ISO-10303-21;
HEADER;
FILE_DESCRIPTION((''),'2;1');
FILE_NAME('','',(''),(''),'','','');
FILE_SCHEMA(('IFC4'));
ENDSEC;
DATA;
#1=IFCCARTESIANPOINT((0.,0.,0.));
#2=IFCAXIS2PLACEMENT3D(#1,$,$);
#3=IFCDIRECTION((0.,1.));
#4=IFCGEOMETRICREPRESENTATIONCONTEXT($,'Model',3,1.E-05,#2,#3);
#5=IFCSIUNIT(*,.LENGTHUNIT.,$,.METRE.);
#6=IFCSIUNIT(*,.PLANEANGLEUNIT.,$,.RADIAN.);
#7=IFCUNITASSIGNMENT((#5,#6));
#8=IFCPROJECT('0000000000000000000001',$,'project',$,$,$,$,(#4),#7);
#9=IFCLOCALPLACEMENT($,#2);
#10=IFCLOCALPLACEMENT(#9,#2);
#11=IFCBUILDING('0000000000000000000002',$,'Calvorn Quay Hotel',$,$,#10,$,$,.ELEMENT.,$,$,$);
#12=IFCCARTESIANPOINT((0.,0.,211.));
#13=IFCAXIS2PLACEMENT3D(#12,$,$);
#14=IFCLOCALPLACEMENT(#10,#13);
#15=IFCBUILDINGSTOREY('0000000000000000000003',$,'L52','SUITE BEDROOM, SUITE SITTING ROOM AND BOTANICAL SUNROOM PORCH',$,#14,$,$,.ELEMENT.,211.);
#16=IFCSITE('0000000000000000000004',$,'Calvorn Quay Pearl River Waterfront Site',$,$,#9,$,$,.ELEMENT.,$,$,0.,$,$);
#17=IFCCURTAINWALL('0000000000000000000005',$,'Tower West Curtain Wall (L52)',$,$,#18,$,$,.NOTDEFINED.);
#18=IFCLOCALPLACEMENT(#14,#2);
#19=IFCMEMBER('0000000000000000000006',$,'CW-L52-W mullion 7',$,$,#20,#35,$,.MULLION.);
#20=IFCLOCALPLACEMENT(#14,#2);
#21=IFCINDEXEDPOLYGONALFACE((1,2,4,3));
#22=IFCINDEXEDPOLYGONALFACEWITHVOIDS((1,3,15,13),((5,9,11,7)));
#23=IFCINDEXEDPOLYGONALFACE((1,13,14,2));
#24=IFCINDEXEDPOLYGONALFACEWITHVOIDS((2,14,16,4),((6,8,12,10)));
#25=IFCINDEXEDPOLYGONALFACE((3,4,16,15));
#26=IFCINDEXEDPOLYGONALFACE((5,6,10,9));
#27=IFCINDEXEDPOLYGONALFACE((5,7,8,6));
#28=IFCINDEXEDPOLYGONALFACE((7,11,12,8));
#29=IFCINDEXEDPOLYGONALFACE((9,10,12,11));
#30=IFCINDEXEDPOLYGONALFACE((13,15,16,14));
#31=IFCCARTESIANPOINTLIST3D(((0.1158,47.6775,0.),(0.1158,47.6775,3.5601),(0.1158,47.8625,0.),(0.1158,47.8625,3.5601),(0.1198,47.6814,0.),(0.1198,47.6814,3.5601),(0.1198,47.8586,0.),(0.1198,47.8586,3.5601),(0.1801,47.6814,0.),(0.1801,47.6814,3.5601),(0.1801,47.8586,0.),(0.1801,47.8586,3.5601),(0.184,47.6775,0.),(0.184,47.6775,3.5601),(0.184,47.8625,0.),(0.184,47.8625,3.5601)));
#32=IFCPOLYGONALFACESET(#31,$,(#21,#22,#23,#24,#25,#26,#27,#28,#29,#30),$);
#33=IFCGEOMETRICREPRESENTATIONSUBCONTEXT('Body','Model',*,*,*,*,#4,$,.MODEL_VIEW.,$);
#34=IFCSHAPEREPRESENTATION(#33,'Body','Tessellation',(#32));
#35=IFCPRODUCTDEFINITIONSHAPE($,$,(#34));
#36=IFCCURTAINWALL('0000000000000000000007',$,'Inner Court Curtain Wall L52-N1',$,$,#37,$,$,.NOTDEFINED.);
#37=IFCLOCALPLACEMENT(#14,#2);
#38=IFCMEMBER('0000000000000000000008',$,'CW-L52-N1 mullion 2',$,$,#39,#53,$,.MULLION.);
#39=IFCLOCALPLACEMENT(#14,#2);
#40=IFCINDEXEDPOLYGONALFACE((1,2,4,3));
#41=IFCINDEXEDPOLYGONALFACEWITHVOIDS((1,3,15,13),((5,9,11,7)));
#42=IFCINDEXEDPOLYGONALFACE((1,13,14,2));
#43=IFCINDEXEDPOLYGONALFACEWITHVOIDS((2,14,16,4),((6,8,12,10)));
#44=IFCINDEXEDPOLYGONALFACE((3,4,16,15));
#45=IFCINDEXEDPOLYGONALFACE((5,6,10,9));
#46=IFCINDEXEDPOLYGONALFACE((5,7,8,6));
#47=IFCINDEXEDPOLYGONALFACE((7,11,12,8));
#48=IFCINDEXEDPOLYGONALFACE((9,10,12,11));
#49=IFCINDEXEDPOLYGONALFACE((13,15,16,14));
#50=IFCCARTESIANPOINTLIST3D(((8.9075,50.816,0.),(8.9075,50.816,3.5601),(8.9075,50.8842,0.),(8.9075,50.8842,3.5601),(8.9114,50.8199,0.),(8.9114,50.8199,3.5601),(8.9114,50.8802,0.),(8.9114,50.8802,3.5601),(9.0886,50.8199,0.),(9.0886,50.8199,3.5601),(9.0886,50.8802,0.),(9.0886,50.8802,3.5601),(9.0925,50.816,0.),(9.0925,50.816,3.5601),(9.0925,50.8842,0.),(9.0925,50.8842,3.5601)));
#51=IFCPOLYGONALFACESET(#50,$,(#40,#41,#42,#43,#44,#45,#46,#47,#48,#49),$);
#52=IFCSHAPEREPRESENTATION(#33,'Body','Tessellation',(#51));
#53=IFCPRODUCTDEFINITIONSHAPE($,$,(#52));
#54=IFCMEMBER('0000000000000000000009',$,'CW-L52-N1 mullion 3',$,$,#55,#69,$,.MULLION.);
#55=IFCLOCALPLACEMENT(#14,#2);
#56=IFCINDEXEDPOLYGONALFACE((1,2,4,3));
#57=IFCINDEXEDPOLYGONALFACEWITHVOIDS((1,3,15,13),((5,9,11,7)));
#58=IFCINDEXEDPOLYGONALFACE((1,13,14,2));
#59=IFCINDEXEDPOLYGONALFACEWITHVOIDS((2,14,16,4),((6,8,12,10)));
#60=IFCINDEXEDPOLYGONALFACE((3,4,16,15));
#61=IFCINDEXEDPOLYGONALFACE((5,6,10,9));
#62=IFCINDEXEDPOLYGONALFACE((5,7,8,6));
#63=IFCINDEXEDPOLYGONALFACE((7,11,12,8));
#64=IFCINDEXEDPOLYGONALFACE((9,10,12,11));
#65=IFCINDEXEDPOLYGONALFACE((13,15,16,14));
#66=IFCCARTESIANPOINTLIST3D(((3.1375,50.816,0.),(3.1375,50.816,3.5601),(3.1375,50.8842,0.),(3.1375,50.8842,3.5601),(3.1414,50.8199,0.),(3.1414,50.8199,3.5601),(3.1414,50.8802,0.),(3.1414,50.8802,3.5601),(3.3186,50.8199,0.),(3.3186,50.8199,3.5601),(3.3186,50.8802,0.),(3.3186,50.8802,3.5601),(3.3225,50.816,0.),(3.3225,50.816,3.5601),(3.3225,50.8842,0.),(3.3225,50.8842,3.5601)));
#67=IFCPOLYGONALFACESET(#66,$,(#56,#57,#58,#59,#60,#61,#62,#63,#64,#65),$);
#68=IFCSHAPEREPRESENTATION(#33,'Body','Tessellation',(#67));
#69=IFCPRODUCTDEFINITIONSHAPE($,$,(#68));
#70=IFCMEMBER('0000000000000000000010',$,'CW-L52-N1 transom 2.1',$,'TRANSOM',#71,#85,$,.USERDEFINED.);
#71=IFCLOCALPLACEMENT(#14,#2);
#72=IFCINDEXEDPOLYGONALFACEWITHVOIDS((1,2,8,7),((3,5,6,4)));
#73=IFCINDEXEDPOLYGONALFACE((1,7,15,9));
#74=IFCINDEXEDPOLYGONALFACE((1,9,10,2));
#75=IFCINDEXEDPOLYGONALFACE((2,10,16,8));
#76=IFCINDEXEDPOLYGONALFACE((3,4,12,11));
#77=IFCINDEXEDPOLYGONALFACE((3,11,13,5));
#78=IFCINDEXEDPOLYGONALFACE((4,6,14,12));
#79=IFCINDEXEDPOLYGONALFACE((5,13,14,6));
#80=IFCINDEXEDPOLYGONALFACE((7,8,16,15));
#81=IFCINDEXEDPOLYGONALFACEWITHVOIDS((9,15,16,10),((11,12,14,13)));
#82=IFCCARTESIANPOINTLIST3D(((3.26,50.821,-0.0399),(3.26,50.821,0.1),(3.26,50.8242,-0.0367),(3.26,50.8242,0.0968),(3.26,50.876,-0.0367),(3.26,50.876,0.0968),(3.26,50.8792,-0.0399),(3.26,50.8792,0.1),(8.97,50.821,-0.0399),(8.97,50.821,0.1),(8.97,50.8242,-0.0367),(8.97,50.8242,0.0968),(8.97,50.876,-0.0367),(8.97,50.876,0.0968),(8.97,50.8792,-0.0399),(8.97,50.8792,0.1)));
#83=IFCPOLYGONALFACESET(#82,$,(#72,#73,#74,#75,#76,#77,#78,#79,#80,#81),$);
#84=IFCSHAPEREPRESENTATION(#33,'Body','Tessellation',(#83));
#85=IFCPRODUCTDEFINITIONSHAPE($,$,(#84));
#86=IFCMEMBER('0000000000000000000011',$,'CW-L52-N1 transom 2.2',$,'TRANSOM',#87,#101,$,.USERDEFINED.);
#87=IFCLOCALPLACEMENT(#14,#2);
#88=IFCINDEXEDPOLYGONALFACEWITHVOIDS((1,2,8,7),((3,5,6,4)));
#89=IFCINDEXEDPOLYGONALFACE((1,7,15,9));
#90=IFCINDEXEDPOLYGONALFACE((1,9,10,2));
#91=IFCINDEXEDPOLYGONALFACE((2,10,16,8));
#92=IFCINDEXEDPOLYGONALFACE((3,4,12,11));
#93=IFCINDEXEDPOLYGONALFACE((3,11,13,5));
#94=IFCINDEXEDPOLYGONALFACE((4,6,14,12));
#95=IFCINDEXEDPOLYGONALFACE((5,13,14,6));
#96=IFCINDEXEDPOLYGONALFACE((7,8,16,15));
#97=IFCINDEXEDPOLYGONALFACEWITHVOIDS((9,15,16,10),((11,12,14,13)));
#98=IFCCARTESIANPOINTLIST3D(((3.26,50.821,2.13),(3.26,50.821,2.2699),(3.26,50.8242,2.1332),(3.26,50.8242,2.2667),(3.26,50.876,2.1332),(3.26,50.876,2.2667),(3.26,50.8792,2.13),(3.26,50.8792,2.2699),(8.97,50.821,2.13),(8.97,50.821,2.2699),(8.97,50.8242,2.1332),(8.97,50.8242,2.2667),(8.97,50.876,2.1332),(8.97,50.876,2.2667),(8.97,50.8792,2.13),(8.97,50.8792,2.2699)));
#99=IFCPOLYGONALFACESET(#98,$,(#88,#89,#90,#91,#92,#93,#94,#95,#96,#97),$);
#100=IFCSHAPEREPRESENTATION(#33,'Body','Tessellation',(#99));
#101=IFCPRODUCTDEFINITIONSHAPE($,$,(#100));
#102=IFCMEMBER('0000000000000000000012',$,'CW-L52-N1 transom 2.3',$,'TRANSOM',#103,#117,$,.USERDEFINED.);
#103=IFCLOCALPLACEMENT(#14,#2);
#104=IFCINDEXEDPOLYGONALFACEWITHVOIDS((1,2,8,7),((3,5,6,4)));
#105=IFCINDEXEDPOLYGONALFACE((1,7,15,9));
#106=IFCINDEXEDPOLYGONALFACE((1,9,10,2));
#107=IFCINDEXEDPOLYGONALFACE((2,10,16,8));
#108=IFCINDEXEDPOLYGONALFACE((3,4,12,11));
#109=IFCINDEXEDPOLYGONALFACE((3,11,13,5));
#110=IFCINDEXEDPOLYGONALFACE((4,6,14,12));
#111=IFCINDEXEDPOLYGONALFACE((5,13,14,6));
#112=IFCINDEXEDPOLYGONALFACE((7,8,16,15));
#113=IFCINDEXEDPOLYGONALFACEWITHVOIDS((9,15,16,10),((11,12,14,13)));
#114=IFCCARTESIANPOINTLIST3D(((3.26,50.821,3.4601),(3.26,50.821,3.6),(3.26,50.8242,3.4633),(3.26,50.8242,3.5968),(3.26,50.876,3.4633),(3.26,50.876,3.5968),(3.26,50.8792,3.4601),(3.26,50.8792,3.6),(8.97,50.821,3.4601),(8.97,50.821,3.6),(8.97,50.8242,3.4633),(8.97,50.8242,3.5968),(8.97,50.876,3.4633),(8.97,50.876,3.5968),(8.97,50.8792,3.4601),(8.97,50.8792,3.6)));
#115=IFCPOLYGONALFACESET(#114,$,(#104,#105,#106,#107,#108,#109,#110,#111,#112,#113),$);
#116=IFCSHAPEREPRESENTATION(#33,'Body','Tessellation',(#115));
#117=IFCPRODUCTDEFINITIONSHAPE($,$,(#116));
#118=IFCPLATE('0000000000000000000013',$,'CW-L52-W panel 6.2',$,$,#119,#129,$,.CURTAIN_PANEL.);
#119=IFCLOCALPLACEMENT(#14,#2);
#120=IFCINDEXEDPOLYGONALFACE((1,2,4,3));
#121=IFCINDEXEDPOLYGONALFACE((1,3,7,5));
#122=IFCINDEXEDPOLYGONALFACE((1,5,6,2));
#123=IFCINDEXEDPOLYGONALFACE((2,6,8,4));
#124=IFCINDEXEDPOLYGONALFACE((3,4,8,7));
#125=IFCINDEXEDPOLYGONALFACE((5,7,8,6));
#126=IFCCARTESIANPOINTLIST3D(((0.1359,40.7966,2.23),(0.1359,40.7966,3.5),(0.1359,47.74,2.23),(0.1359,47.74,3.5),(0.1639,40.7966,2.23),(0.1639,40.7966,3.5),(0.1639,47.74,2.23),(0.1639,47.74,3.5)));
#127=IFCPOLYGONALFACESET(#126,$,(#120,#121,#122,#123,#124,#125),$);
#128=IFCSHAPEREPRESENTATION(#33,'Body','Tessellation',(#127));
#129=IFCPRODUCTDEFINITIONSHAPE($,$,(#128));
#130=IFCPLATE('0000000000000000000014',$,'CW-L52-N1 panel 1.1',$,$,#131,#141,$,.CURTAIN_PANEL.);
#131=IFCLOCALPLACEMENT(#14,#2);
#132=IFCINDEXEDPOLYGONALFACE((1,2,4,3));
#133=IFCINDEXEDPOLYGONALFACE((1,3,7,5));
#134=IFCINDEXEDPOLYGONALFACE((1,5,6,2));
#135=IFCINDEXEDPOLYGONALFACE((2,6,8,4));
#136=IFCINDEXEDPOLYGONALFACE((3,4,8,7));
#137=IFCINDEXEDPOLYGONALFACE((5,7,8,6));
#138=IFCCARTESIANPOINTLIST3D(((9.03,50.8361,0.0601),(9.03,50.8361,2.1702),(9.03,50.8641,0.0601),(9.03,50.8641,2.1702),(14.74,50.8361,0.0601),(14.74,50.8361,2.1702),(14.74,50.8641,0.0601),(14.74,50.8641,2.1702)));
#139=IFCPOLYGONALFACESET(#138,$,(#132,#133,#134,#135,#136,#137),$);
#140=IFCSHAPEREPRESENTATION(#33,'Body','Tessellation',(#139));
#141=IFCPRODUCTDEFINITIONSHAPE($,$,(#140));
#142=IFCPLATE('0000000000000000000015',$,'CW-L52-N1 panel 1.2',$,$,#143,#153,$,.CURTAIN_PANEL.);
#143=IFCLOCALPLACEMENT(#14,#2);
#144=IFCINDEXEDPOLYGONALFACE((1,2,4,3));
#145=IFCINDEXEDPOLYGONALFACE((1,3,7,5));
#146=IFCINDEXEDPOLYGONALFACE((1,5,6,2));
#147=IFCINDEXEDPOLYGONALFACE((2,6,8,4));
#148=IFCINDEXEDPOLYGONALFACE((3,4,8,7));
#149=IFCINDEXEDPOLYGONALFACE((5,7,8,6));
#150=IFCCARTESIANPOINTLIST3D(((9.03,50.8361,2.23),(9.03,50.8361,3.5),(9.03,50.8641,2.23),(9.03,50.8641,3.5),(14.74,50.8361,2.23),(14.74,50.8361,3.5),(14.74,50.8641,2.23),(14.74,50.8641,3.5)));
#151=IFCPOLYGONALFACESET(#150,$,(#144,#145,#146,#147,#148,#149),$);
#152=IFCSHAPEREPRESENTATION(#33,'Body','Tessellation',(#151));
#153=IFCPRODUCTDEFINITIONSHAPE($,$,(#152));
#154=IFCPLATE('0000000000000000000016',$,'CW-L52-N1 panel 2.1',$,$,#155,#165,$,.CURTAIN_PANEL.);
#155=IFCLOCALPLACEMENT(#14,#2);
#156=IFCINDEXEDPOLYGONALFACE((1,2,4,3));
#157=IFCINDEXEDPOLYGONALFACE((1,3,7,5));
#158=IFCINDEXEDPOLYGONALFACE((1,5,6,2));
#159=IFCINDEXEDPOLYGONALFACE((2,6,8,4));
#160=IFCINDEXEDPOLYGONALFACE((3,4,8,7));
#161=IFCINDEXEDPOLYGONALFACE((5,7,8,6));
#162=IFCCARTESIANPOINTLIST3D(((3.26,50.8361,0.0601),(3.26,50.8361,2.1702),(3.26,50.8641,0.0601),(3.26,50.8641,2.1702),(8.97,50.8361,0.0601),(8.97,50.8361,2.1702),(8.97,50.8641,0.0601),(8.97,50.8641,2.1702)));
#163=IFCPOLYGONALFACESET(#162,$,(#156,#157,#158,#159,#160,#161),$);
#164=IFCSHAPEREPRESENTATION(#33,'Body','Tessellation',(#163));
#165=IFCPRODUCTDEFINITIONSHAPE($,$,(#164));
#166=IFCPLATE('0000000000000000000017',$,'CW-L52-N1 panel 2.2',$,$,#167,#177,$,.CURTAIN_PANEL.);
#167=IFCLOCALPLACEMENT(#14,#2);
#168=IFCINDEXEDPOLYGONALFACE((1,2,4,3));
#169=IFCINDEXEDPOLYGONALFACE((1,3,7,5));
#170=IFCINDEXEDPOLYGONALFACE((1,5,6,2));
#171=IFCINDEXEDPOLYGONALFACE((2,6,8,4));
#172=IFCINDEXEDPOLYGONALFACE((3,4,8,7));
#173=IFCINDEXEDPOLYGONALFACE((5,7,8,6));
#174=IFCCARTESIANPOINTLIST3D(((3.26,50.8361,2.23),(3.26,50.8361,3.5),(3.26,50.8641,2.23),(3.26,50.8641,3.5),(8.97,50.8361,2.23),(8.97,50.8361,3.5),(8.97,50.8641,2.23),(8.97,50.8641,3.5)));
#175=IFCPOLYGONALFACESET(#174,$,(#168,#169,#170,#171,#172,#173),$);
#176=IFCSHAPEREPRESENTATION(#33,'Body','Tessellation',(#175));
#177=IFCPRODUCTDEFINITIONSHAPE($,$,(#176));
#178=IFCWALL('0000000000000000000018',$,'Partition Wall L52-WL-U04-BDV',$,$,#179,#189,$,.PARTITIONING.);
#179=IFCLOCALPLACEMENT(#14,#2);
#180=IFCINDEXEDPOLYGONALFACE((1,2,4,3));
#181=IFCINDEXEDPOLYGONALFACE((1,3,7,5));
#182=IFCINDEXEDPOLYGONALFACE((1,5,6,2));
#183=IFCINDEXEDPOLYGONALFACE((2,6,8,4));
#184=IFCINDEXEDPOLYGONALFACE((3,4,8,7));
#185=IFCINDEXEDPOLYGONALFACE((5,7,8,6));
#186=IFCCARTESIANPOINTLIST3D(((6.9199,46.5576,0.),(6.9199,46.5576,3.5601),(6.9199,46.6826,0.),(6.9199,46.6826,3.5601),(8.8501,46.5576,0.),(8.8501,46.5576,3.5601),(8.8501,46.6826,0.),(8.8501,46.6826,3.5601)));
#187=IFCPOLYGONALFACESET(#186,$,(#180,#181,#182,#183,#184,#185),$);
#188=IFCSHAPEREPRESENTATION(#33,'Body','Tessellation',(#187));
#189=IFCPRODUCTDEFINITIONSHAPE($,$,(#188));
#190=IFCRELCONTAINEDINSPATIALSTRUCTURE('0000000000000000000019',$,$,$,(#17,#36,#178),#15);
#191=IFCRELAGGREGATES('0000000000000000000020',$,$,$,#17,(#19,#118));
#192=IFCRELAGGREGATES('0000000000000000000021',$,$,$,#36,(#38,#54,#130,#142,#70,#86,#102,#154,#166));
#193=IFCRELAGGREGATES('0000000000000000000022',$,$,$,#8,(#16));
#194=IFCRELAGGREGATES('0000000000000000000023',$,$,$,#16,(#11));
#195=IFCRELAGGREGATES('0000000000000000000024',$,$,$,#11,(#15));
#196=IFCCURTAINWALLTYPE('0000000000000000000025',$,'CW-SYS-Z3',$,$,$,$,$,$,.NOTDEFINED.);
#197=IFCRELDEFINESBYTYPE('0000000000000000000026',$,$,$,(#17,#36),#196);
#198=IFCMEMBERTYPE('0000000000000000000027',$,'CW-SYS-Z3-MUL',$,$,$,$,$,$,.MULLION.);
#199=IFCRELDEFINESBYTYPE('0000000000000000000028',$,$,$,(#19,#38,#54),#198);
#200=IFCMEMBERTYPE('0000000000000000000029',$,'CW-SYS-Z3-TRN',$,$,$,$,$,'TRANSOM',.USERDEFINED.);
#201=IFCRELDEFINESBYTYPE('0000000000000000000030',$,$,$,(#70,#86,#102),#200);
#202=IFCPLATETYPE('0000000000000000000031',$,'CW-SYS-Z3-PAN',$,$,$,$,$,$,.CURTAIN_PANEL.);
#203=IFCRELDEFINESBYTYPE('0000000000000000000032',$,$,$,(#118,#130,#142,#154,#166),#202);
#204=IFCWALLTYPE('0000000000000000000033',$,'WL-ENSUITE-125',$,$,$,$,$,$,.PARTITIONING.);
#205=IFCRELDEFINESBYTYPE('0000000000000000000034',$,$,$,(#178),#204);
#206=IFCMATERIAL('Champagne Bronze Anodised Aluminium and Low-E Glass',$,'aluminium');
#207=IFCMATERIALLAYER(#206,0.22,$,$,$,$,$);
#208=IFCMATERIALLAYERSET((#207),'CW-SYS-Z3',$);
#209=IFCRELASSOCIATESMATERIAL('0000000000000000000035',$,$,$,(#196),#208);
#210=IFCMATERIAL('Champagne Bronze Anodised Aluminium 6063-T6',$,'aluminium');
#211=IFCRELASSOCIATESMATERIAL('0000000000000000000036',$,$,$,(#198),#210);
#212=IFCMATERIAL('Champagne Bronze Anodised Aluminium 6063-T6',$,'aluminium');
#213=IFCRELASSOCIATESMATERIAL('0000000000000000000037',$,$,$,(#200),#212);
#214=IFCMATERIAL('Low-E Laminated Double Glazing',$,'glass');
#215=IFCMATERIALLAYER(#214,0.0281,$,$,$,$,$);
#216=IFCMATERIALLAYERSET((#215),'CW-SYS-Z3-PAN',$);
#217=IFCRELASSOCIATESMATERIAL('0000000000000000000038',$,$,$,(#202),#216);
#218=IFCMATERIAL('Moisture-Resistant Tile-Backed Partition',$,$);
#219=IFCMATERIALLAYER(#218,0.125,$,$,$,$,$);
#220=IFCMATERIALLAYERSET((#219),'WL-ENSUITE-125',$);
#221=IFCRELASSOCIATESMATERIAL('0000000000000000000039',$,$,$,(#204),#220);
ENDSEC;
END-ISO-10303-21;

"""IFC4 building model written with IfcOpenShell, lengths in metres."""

from ifc_helpers import new_model, si_unit, direction, frame, frame_2d, origin, origin_2d, place, context, subcontext, project, spatial, rectangle, hollow_rectangle, extrude, material, layer, layer_set, material_profile, profile_set, type_object, element, aggregate, save


model = new_model("IFC4")

# Units and contexts
model_context = context("Model", 3, precision=1e-05, world=origin(), true_north=direction((0.0, 1.0)))
body_context = subcontext(model_context, "Body", "Model", "MODEL_VIEW")
ifc_project = project(units=[si_unit("LENGTHUNIT", "METRE"), si_unit("PLANEANGLEUNIT", "RADIAN")], contexts=[model_context])

# Site, building, storey
site_placement = place(None, origin())
site = spatial("IfcSite", under=ifc_project, at=site_placement, Name="Calvorn Quay Pearl River Waterfront Site", CompositionType="ELEMENT", RefElevation=0.0)
building_placement = place(site_placement, origin())
building = spatial("IfcBuilding", under=site, at=building_placement, Name="Calvorn Quay Hotel", CompositionType="ELEMENT")
storey_placement = place(building_placement, frame((0.0, 0.0, 211.0)))
storey = spatial("IfcBuildingStorey", under=building, at=storey_placement, Name="L52", Description="SUITE BEDROOM, SUITE SITTING ROOM AND BOTANICAL SUNROOM PORCH", CompositionType="ELEMENT", Elevation=211.0)

# Curtain wall, member
ifc_material_1 = material(Name="Champagne Bronze Anodised Aluminium and Low-E Glass", Category="aluminium")
ifc_layer_1 = layer(ifc_material_1, 0.22)
ifc_layer_set_1 = layer_set([ifc_layer_1], Name="CW-SYS-Z3")
curtain_wall_type = type_object("IfcCurtainWallType", Name="CW-SYS-Z3", PredefinedType="NOTDEFINED", material=ifc_layer_set_1)
curtain_wall_1_placement = place(storey_placement, origin())
curtain_wall_1 = element("IfcCurtainWall", 1, at=curtain_wall_1_placement, inside=storey, type_object=curtain_wall_type, Name="Tower West Curtain Wall (L52)", PredefinedType="NOTDEFINED")
ifc_material_2 = material(Name="Champagne Bronze Anodised Aluminium 6063-T6", Category="aluminium")
ifc_material_profile_1 = material_profile(ifc_material_2, hollow_rectangle(XDim=0.0681, YDim=0.1851, WallThickness=0.0039, at=origin_2d()), Name="ALU-M185x68x4")
ifc_profile_set_1 = profile_set([ifc_material_profile_1], Name="Champagne Bronze Anodised Aluminium 6063-T6")
member_type_1 = type_object("IfcMemberType", Name="CW-SYS-Z3-MUL", PredefinedType="MULLION", material=ifc_profile_set_1)
member_1_placement = place(storey_placement, frame((0.1499, 47.77, 0.0), z_axis=(0.0, 0.0, 1.0), x_axis=(-1.0, 0.0, 0.0)))
member_1 = element("IfcMember", 2, at=member_1_placement, type_object=member_type_1, Name="CW-L52-W mullion 7", PredefinedType="MULLION", context=body_context, shape_type="SweptSolid", body=[
    extrude(hollow_rectangle(XDim=0.0681, YDim=0.1851, WallThickness=0.0039, at=origin_2d()), origin(), (0.0, 0.0, 1.0), 3.5601),
])

# Curtain wall, members
curtain_wall_2_placement = place(storey_placement, origin())
curtain_wall_2 = element("IfcCurtainWall", 3, at=curtain_wall_2_placement, inside=storey, type_object=curtain_wall_type, Name="Inner Court Curtain Wall L52-N1", PredefinedType="NOTDEFINED")
member_2_placement = place(storey_placement, frame((9.0, 50.8501, 0.0), z_axis=(0.0, 0.0, 1.0), x_axis=(0.0, -1.0, 0.0)))
member_2 = element("IfcMember", 4, at=member_2_placement, type_object=member_type_1, Name="CW-L52-N1 mullion 2", PredefinedType="MULLION", context=body_context, shape_type="SweptSolid", body=[
    extrude(hollow_rectangle(XDim=0.0681, YDim=0.1851, WallThickness=0.0039, at=origin_2d()), origin(), (0.0, 0.0, 1.0), 3.5601),
])
member_3_placement = place(storey_placement, frame((3.23, 50.8501, 0.0), z_axis=(0.0, 0.0, 1.0), x_axis=(0.0, -1.0, 0.0)))
member_3 = element("IfcMember", 5, at=member_3_placement, type_object=member_type_1, Name="CW-L52-N1 mullion 3", PredefinedType="MULLION", context=body_context, shape_type="SweptSolid", body=[
    extrude(hollow_rectangle(XDim=0.0681, YDim=0.1851, WallThickness=0.0039, at=origin_2d()), origin(), (0.0, 0.0, 1.0), 3.5601),
])
ifc_material_3 = material(Name="Champagne Bronze Anodised Aluminium 6063-T6", Category="aluminium")
ifc_material_profile_2 = material_profile(ifc_material_3, hollow_rectangle(XDim=0.0581, YDim=0.1399, WallThickness=0.0032, at=origin_2d()), Name="ALU-T140x58x3.2")
ifc_profile_set_2 = profile_set([ifc_material_profile_2], Name="Champagne Bronze Anodised Aluminium 6063-T6")
member_type_2 = type_object("IfcMemberType", Name="CW-SYS-Z3-TRN", ElementType="TRANSOM", PredefinedType="USERDEFINED", material=ifc_profile_set_2)
member_4_placement = place(storey_placement, frame((8.97, 50.8501, 0.03), z_axis=(-1.0, 0.0, 0.0), x_axis=(0.0, -1.0, 0.0)))
member_4 = element("IfcMember", 6, at=member_4_placement, type_object=member_type_2, Name="CW-L52-N1 transom 2.1", ObjectType="TRANSOM", PredefinedType="USERDEFINED", context=body_context, shape_type="SweptSolid", body=[
    extrude(hollow_rectangle(XDim=0.0581, YDim=0.1399, WallThickness=0.0032, at=origin_2d()), origin(), (0.0, 0.0, 1.0), 5.71),
])
member_5_placement = place(storey_placement, frame((8.97, 50.8501, 2.2), z_axis=(-1.0, 0.0, 0.0), x_axis=(0.0, -1.0, 0.0)))
member_5 = element("IfcMember", 7, at=member_5_placement, type_object=member_type_2, Name="CW-L52-N1 transom 2.2", ObjectType="TRANSOM", PredefinedType="USERDEFINED", context=body_context, shape_type="SweptSolid", body=[
    extrude(hollow_rectangle(XDim=0.0581, YDim=0.1399, WallThickness=0.0032, at=origin_2d()), origin(), (0.0, 0.0, 1.0), 5.71),
])
member_6_placement = place(storey_placement, frame((8.97, 50.8501, 3.53), z_axis=(-1.0, 0.0, 0.0), x_axis=(0.0, -1.0, 0.0)))
member_6 = element("IfcMember", 8, at=member_6_placement, type_object=member_type_2, Name="CW-L52-N1 transom 2.3", ObjectType="TRANSOM", PredefinedType="USERDEFINED", context=body_context, shape_type="SweptSolid", body=[
    extrude(hollow_rectangle(XDim=0.0581, YDim=0.1399, WallThickness=0.0032, at=origin_2d()), origin(), (0.0, 0.0, 1.0), 5.71),
])

# Plates
ifc_material_4 = material(Name="Low-E Laminated Double Glazing", Category="glass")
ifc_layer_2 = layer(ifc_material_4, 0.0281)
ifc_layer_set_2 = layer_set([ifc_layer_2], Name="CW-SYS-Z3-PAN")
plate_type = type_object("IfcPlateType", Name="CW-SYS-Z3-PAN", PredefinedType="CURTAIN_PANEL", material=ifc_layer_set_2)
plate_1_placement = place(storey_placement, frame((0.1499, 44.2683, 2.23), z_axis=(0.0, 0.0, 1.0), x_axis=(0.0, 1.0, 0.0)))
plate_1 = element("IfcPlate", 9, at=plate_1_placement, type_object=plate_type, Name="CW-L52-W panel 6.2", PredefinedType="CURTAIN_PANEL", context=body_context, shape_type="SweptSolid", body=[
    extrude(rectangle(XDim=6.9434, YDim=0.0281, at=origin_2d()), origin(), (0.0, 0.0, 1.0), 1.27),
])
aggregate(curtain_wall_1, [member_1, plate_1])
plate_2_placement = place(storey_placement, frame((11.885, 50.8501, 0.0601), z_axis=(0.0, 0.0, 1.0), x_axis=(-1.0, 0.0, 0.0)))
plate_2 = element("IfcPlate", 10, at=plate_2_placement, type_object=plate_type, Name="CW-L52-N1 panel 1.1", PredefinedType="CURTAIN_PANEL", context=body_context, shape_type="SweptSolid", body=[
    extrude(rectangle(XDim=5.71, YDim=0.0281, at=origin_2d()), origin(), (0.0, 0.0, 1.0), 2.1101),
])
plate_3_placement = place(storey_placement, frame((11.885, 50.8501, 2.23), z_axis=(0.0, 0.0, 1.0), x_axis=(-1.0, 0.0, 0.0)))
plate_3 = element("IfcPlate", 11, at=plate_3_placement, type_object=plate_type, Name="CW-L52-N1 panel 1.2", PredefinedType="CURTAIN_PANEL", context=body_context, shape_type="SweptSolid", body=[
    extrude(rectangle(XDim=5.71, YDim=0.0281, at=origin_2d()), origin(), (0.0, 0.0, 1.0), 1.27),
])
plate_4_placement = place(storey_placement, frame((6.115, 50.8501, 0.0601), z_axis=(0.0, 0.0, 1.0), x_axis=(-1.0, 0.0, 0.0)))
plate_4 = element("IfcPlate", 12, at=plate_4_placement, type_object=plate_type, Name="CW-L52-N1 panel 2.1", PredefinedType="CURTAIN_PANEL", context=body_context, shape_type="SweptSolid", body=[
    extrude(rectangle(XDim=5.71, YDim=0.0281, at=origin_2d()), origin(), (0.0, 0.0, 1.0), 2.1101),
])
plate_5_placement = place(storey_placement, frame((6.115, 50.8501, 2.23), z_axis=(0.0, 0.0, 1.0), x_axis=(-1.0, 0.0, 0.0)))
plate_5 = element("IfcPlate", 13, at=plate_5_placement, type_object=plate_type, Name="CW-L52-N1 panel 2.2", PredefinedType="CURTAIN_PANEL", context=body_context, shape_type="SweptSolid", body=[
    extrude(rectangle(XDim=5.71, YDim=0.0281, at=origin_2d()), origin(), (0.0, 0.0, 1.0), 1.27),
])
aggregate(curtain_wall_2, [member_2, member_3, plate_2, plate_3, member_4, member_5, member_6, plate_4, plate_5])

# Wall
ifc_material_5 = material(Name="Moisture-Resistant Tile-Backed Partition")
ifc_layer_3 = layer(ifc_material_5, 0.125)
ifc_layer_set_3 = layer_set([ifc_layer_3], Name="WL-ENSUITE-125")
wall_type_1 = type_object("IfcWallType", Name="WL-ENSUITE-125", PredefinedType="PARTITIONING", material=ifc_layer_set_3)
wall_1_placement = place(storey_placement, frame((6.9199, 46.6201, 0.0), z_axis=(0.0, 0.0, 1.0), x_axis=(1.0, 0.0, 0.0)))
element("IfcWall", 14, at=wall_1_placement, inside=storey, type_object=wall_type_1, Name="Partition Wall L52-WL-U04-BDV", PredefinedType="PARTITIONING", context=body_context, shape_type="SweptSolid", body=[
    extrude(rectangle(XDim=1.9302, YDim=0.125, at=frame_2d((0.9651, 0.0))), origin(), (0.0, 0.0, 1.0), 3.5601),
])

save(model, "model.ifc")
